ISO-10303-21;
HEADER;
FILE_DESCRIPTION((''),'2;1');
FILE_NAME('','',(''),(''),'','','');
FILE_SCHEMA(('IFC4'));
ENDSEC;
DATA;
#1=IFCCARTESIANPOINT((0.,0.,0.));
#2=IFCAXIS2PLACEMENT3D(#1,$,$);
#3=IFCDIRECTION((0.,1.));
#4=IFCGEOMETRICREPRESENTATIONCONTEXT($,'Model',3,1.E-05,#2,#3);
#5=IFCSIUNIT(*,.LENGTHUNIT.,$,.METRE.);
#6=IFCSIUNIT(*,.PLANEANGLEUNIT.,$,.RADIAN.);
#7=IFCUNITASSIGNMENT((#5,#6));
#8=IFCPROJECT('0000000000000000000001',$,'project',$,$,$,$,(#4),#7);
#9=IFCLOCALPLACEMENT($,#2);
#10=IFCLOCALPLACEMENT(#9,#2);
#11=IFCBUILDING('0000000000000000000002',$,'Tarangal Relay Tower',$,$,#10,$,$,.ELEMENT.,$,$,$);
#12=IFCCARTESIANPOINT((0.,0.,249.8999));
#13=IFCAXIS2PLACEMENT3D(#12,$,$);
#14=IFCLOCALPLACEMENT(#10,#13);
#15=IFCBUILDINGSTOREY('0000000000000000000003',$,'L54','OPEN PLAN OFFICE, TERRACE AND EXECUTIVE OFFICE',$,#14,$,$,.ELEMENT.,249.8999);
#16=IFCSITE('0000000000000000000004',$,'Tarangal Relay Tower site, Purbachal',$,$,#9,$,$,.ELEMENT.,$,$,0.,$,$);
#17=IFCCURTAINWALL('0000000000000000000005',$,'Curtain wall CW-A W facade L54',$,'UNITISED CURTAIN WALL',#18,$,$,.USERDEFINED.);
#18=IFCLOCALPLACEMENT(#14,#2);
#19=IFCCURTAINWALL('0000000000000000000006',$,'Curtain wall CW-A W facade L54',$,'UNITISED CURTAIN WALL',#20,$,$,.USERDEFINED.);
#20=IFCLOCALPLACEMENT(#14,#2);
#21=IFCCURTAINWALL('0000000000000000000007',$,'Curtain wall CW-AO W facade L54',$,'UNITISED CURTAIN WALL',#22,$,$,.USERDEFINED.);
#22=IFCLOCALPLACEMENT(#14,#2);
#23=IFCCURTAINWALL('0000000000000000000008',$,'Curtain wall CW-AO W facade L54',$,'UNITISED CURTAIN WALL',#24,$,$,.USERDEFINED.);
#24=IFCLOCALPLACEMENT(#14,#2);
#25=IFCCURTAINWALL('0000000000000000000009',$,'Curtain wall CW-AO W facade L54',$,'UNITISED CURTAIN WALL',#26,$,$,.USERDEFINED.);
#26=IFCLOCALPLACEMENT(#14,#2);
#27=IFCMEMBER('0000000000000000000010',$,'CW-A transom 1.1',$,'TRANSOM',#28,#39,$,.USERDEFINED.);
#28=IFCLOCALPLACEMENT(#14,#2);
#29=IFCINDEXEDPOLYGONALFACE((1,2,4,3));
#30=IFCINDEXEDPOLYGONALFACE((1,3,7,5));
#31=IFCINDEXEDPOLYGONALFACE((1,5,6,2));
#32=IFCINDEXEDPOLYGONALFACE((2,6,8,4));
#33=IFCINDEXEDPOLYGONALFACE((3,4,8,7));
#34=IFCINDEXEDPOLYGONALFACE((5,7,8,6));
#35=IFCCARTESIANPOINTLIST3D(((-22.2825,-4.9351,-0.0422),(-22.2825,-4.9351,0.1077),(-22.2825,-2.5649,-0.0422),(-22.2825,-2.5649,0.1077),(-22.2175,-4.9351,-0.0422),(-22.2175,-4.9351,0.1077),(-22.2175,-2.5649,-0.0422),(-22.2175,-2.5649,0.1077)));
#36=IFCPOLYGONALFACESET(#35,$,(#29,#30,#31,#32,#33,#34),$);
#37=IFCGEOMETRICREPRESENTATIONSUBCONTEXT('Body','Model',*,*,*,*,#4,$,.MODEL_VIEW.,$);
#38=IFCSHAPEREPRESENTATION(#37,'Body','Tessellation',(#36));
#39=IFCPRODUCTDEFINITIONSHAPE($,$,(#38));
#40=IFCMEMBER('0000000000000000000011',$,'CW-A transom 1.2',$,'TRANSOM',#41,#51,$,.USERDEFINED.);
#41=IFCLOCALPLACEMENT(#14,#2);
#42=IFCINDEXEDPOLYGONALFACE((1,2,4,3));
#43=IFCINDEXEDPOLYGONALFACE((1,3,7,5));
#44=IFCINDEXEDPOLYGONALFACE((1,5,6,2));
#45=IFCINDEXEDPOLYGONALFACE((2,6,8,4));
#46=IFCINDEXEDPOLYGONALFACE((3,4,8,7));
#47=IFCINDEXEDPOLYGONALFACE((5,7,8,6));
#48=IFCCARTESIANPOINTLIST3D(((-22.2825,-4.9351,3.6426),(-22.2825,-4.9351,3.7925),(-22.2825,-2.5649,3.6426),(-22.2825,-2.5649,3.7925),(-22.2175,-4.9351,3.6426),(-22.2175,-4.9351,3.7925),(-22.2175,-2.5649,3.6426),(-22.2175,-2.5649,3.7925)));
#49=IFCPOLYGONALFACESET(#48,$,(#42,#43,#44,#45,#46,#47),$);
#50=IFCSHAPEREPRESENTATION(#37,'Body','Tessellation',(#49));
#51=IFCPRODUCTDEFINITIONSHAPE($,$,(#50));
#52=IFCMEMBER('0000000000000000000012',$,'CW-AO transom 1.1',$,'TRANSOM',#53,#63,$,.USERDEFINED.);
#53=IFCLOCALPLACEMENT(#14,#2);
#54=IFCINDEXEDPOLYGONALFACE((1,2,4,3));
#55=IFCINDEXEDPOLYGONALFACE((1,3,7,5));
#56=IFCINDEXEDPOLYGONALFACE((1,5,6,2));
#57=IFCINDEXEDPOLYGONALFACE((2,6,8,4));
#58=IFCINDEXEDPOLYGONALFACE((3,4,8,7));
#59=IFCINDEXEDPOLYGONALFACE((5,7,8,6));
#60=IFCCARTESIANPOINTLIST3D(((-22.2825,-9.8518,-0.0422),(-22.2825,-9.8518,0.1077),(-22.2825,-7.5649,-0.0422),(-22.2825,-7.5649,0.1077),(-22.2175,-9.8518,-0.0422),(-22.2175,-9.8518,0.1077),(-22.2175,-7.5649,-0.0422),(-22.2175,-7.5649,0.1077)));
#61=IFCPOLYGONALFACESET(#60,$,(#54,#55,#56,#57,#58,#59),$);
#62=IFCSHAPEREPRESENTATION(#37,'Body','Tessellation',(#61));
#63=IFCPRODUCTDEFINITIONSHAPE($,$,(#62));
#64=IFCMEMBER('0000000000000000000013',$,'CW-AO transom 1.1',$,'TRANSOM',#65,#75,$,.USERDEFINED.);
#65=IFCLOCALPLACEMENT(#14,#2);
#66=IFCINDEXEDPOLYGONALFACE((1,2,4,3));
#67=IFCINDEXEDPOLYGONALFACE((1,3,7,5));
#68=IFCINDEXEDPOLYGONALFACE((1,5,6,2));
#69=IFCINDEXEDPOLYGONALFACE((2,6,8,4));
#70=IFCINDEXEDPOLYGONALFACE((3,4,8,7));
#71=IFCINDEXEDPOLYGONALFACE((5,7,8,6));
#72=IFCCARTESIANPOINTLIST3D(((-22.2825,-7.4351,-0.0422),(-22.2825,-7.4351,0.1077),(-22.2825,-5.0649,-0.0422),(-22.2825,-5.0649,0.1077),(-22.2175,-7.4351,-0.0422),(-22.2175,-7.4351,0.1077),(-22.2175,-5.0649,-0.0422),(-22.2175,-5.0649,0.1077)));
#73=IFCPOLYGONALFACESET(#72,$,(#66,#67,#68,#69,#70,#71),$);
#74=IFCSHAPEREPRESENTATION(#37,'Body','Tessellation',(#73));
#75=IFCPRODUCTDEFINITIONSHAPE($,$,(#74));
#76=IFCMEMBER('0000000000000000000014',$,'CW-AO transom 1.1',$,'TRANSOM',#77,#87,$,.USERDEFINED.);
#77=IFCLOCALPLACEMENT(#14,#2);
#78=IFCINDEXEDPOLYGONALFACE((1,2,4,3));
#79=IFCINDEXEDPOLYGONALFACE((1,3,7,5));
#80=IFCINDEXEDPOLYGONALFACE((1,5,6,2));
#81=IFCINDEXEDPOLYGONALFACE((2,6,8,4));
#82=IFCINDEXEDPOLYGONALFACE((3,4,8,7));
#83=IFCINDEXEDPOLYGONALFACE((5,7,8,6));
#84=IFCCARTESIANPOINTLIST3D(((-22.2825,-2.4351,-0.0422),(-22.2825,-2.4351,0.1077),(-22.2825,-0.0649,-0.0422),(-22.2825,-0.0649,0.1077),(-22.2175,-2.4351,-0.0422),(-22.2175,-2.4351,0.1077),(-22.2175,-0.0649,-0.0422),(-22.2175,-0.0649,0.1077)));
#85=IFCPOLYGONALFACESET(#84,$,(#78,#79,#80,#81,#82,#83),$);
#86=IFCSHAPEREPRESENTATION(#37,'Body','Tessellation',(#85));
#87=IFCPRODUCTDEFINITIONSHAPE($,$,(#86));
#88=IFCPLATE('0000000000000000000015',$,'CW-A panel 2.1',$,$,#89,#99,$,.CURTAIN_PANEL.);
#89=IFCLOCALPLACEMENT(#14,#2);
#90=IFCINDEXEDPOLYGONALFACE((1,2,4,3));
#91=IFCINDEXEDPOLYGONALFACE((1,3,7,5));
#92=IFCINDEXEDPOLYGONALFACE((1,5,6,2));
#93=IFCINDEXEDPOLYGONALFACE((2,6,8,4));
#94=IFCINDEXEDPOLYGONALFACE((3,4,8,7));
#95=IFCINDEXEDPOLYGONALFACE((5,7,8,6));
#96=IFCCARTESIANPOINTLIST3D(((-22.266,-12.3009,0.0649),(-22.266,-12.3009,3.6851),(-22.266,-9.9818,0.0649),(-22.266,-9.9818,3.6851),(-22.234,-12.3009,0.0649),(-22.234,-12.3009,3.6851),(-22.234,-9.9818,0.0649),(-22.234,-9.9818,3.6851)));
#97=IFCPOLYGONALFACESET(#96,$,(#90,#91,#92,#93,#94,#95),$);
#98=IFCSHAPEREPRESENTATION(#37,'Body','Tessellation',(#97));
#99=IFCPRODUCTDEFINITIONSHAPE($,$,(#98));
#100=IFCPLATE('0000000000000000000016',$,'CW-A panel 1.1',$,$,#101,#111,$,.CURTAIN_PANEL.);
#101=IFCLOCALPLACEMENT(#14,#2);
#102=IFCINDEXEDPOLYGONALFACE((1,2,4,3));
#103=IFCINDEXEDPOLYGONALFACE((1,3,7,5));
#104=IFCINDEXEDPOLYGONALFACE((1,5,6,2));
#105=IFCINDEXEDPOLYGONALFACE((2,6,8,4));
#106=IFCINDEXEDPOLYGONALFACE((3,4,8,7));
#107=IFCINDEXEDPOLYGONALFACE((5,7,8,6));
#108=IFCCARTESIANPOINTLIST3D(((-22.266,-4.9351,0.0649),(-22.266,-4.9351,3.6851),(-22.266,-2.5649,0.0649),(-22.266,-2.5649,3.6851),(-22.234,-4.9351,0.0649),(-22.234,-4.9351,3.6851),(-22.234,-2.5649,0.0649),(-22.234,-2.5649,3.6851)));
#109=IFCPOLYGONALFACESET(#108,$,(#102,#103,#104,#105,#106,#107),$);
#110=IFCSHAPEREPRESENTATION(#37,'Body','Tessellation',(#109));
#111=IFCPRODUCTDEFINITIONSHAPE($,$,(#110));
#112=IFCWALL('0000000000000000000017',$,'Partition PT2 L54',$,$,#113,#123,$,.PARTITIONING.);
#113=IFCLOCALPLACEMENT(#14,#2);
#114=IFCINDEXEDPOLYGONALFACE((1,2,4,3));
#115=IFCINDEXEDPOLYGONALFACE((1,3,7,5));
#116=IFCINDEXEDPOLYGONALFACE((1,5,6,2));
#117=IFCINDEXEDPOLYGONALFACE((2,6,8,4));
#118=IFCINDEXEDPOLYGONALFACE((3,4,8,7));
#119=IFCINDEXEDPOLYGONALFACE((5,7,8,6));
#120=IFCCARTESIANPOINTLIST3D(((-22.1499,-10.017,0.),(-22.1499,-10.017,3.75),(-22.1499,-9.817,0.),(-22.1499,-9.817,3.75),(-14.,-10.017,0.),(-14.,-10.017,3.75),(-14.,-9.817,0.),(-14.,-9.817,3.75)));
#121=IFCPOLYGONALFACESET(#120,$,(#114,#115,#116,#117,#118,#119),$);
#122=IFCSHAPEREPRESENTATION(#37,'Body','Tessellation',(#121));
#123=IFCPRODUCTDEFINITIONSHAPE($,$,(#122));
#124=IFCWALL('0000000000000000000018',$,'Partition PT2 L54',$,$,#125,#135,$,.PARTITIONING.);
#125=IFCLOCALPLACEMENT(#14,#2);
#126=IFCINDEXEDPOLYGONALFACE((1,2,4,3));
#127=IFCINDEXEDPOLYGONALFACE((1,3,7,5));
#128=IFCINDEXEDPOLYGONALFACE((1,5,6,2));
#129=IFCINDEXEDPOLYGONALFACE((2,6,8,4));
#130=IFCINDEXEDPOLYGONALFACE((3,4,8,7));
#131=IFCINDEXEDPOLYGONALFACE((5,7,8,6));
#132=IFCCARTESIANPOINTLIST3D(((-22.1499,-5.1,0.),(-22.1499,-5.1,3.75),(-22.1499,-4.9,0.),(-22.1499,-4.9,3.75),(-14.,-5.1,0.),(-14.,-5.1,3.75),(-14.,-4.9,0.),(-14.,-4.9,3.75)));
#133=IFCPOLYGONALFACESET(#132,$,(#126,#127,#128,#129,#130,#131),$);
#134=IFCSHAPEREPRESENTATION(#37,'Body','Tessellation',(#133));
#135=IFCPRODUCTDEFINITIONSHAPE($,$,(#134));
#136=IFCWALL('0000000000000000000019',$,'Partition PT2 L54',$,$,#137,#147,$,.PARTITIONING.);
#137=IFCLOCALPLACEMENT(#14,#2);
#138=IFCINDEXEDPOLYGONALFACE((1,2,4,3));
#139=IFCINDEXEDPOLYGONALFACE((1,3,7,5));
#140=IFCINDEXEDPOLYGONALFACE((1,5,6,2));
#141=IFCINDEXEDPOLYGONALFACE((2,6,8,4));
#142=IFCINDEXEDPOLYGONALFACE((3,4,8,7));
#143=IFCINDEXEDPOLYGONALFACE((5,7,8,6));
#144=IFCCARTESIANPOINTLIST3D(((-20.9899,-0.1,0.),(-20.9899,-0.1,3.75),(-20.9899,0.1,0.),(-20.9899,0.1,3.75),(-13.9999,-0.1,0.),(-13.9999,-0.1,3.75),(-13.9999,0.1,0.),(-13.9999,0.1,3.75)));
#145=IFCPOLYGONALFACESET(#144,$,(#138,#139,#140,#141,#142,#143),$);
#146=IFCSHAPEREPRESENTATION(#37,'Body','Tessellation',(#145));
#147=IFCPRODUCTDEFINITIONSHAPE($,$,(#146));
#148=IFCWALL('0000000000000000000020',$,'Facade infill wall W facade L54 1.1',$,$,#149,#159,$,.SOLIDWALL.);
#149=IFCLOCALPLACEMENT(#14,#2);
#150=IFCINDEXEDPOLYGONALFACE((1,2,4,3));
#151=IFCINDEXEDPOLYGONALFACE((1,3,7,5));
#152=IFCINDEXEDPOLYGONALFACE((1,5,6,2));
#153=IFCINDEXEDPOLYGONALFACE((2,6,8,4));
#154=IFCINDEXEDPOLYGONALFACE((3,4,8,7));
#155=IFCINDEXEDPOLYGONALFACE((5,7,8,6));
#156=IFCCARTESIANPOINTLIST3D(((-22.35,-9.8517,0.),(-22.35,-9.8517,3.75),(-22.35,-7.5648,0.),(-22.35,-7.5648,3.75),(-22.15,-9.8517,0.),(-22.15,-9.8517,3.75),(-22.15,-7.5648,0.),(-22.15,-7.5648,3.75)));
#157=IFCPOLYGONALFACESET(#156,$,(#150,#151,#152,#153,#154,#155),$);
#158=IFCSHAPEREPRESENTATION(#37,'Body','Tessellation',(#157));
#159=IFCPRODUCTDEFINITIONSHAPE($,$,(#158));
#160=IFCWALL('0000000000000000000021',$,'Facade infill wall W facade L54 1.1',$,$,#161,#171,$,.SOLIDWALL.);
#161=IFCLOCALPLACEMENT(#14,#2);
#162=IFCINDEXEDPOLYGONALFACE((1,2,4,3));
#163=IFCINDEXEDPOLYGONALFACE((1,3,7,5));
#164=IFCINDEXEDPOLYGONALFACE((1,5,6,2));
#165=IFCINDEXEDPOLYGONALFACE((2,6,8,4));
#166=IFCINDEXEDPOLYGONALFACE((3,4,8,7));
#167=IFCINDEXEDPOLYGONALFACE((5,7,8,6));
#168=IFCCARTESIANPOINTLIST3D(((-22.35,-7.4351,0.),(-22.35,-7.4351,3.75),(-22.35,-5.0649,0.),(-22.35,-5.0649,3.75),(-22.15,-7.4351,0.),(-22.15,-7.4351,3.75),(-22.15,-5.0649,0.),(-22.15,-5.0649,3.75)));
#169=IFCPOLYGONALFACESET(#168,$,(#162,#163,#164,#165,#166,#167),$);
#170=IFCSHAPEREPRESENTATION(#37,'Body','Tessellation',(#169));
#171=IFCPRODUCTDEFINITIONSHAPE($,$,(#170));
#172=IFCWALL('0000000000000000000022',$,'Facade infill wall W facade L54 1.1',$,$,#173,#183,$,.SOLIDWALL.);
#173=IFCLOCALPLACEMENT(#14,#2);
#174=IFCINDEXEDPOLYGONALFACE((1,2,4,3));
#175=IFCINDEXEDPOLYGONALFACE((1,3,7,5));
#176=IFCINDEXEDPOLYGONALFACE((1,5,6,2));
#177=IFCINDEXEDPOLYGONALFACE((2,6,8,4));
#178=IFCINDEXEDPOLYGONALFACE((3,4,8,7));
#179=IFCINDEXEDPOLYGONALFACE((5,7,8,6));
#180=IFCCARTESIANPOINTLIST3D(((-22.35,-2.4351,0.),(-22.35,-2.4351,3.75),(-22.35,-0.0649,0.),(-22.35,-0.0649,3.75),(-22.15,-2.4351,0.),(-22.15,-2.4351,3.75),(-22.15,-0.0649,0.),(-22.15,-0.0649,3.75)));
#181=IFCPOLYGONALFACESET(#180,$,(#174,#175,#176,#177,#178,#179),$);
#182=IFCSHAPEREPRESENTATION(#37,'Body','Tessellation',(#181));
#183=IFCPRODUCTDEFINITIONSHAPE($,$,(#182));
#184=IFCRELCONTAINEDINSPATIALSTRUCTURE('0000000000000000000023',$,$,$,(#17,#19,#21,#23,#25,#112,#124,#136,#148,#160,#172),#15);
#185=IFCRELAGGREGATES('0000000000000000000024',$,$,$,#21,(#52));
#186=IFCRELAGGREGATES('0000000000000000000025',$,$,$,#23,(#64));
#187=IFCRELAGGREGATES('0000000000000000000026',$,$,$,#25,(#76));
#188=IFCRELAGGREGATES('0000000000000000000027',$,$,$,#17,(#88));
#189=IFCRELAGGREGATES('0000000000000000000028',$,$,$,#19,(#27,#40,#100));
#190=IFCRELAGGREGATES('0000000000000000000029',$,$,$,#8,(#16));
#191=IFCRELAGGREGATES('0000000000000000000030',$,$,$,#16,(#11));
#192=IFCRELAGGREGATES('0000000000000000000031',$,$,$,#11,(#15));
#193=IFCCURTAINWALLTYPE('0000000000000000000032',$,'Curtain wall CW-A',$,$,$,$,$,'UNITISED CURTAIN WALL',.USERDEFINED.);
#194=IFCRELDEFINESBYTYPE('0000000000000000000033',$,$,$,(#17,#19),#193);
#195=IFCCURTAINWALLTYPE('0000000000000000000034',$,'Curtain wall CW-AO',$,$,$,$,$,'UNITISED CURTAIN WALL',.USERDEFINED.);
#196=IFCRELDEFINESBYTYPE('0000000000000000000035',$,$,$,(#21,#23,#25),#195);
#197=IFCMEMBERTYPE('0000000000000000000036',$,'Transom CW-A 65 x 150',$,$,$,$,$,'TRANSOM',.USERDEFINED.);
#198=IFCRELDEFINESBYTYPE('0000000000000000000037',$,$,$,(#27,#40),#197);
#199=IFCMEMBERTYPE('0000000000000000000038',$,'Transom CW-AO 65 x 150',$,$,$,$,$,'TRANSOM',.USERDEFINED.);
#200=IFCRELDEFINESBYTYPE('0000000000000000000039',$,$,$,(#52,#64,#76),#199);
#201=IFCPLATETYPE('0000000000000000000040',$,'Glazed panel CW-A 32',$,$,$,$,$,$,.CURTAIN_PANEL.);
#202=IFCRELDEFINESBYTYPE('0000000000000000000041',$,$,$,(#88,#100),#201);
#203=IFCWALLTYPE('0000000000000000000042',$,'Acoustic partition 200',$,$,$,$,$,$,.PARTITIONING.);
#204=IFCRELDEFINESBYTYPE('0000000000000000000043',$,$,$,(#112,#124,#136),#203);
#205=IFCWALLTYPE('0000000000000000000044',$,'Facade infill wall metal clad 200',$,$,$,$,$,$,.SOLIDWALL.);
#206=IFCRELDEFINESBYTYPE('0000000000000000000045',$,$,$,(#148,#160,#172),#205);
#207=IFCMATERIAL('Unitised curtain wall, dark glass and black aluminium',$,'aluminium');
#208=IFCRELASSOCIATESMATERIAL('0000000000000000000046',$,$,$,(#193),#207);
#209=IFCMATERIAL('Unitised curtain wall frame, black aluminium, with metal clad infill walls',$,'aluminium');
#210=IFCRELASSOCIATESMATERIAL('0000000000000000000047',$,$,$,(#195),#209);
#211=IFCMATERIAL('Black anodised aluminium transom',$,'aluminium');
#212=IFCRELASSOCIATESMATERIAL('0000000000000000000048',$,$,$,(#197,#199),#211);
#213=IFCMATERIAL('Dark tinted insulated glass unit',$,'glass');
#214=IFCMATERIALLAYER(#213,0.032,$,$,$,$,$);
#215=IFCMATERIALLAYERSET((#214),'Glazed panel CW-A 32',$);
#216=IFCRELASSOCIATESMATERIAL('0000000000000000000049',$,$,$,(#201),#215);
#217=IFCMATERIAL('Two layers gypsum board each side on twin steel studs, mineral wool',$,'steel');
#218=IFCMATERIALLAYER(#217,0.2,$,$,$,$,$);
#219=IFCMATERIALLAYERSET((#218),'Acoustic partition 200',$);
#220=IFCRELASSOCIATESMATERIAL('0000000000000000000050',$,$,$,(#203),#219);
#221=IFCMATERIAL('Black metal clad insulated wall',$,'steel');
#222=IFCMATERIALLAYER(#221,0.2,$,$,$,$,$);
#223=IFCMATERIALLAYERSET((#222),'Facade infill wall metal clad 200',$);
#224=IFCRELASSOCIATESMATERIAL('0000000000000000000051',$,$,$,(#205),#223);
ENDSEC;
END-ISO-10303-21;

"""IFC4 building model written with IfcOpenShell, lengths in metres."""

from ifc_helpers import new_model, si_unit, direction, frame, frame_2d, origin, origin_2d, place, context, subcontext, project, spatial, rectangle, extrude, material, layer, layer_set, material_profile, profile_set, type_object, element, aggregate, save


model = new_model("IFC4")

# Units and contexts
model_context = context("Model", 3, precision=1e-05, world=origin(), true_north=direction((0.0, 1.0)))
body_context = subcontext(model_context, "Body", "Model", "MODEL_VIEW")
ifc_project = project(units=[si_unit("LENGTHUNIT", "METRE"), si_unit("PLANEANGLEUNIT", "RADIAN")], contexts=[model_context])

# Site, building, storey
site_placement = place(None, origin())
site = spatial("IfcSite", under=ifc_project, at=site_placement, Name="Tarangal Relay Tower site, Purbachal", CompositionType="ELEMENT", RefElevation=0.0)
building_placement = place(site_placement, origin())
building = spatial("IfcBuilding", under=site, at=building_placement, Name="Tarangal Relay Tower", CompositionType="ELEMENT")
storey_placement = place(building_placement, frame((0.0, 0.0, 249.8999)))
storey = spatial("IfcBuildingStorey", under=building, at=storey_placement, Name="L54", Description="OPEN PLAN OFFICE, TERRACE AND EXECUTIVE OFFICE", CompositionType="ELEMENT", Elevation=249.8999)

# Curtain wall
ifc_material_1 = material(Name="Unitised curtain wall, dark glass and black aluminium", Category="aluminium")
curtain_wall_type_1 = type_object("IfcCurtainWallType", Name="Curtain wall CW-A", ElementType="UNITISED CURTAIN WALL", PredefinedType="USERDEFINED", material=ifc_material_1)
curtain_wall_1_placement = place(storey_placement, origin())
curtain_wall_1 = element("IfcCurtainWall", 1, at=curtain_wall_1_placement, inside=storey, type_object=curtain_wall_type_1, Name="Curtain wall CW-A W facade L54", ObjectType="UNITISED CURTAIN WALL", PredefinedType="USERDEFINED")

# Curtain walls
curtain_wall_2_placement = place(storey_placement, origin())
curtain_wall_2 = element("IfcCurtainWall", 2, at=curtain_wall_2_placement, inside=storey, type_object=curtain_wall_type_1, Name="Curtain wall CW-A W facade L54", ObjectType="UNITISED CURTAIN WALL", PredefinedType="USERDEFINED")
ifc_material_2 = material(Name="Unitised curtain wall frame, black aluminium, with metal clad infill walls", Category="aluminium")
curtain_wall_type_2 = type_object("IfcCurtainWallType", Name="Curtain wall CW-AO", ElementType="UNITISED CURTAIN WALL", PredefinedType="USERDEFINED", material=ifc_material_2)
curtain_wall_3_placement = place(storey_placement, origin())
curtain_wall_3 = element("IfcCurtainWall", 3, at=curtain_wall_3_placement, inside=storey, type_object=curtain_wall_type_2, Name="Curtain wall CW-AO W facade L54", ObjectType="UNITISED CURTAIN WALL", PredefinedType="USERDEFINED")
curtain_wall_4_placement = place(storey_placement, origin())
curtain_wall_4 = element("IfcCurtainWall", 4, at=curtain_wall_4_placement, inside=storey, type_object=curtain_wall_type_2, Name="Curtain wall CW-AO W facade L54", ObjectType="UNITISED CURTAIN WALL", PredefinedType="USERDEFINED")
curtain_wall_5_placement = place(storey_placement, origin())
curtain_wall_5 = element("IfcCurtainWall", 5, at=curtain_wall_5_placement, inside=storey, type_object=curtain_wall_type_2, Name="Curtain wall CW-AO W facade L54", ObjectType="UNITISED CURTAIN WALL", PredefinedType="USERDEFINED")

# Members
ifc_material_3 = material(Name="Black anodised aluminium transom", Category="aluminium")
ifc_material_profile_1 = material_profile(ifc_material_3, rectangle(XDim=0.0649, YDim=0.1499, at=origin_2d()), Name="CW-AT 65X150")
ifc_profile_set_1 = profile_set([ifc_material_profile_1], Name="Black anodised aluminium transom")
member_type_1 = type_object("IfcMemberType", Name="Transom CW-A 65 x 150", ElementType="TRANSOM", PredefinedType="USERDEFINED", material=ifc_profile_set_1)
member_1_placement = place(storey_placement, frame((-22.25, -4.9351, 0.0327), z_axis=(0.0, 1.0, 0.0), x_axis=(-1.0, 0.0, 0.0)))
member_1 = element("IfcMember", 6, at=member_1_placement, type_object=member_type_1, Name="CW-A transom 1.1", ObjectType="TRANSOM", PredefinedType="USERDEFINED", context=body_context, shape_type="SweptSolid", body=[
    extrude(rectangle(XDim=0.0649, YDim=0.1499, at=origin_2d()), origin(), (0.0, 0.0, 1.0), 2.3701),
])
member_2_placement = place(storey_placement, frame((-22.25, -4.9351, 3.7175), z_axis=(0.0, 1.0, 0.0), x_axis=(-1.0, 0.0, 0.0)))
member_2 = element("IfcMember", 7, at=member_2_placement, type_object=member_type_1, Name="CW-A transom 1.2", ObjectType="TRANSOM", PredefinedType="USERDEFINED", context=body_context, shape_type="SweptSolid", body=[
    extrude(rectangle(XDim=0.0649, YDim=0.1499, at=origin_2d()), origin(), (0.0, 0.0, 1.0), 2.3701),
])
ifc_material_profile_2 = material_profile(ifc_material_3, rectangle(XDim=0.0649, YDim=0.1499, at=origin_2d()), Name="CW-AOT 65X150")
ifc_profile_set_2 = profile_set([ifc_material_profile_2], Name="Black anodised aluminium transom")
member_type_2 = type_object("IfcMemberType", Name="Transom CW-AO 65 x 150", ElementType="TRANSOM", PredefinedType="USERDEFINED", material=ifc_profile_set_2)
member_3_placement = place(storey_placement, frame((-22.25, -9.8518, 0.0327), z_axis=(0.0, 1.0, 0.0), x_axis=(-1.0, 0.0, 0.0)))
member_3 = element("IfcMember", 8, at=member_3_placement, type_object=member_type_2, Name="CW-AO transom 1.1", ObjectType="TRANSOM", PredefinedType="USERDEFINED", context=body_context, shape_type="SweptSolid", body=[
    extrude(rectangle(XDim=0.0649, YDim=0.1499, at=origin_2d()), origin(), (0.0, 0.0, 1.0), 2.2869),
])
aggregate(curtain_wall_3, [member_3])
member_4_placement = place(storey_placement, frame((-22.25, -7.4351, 0.0327), z_axis=(0.0, 1.0, 0.0), x_axis=(-1.0, 0.0, 0.0)))
member_4 = element("IfcMember", 9, at=member_4_placement, type_object=member_type_2, Name="CW-AO transom 1.1", ObjectType="TRANSOM", PredefinedType="USERDEFINED", context=body_context, shape_type="SweptSolid", body=[
    extrude(rectangle(XDim=0.0649, YDim=0.1499, at=origin_2d()), origin(), (0.0, 0.0, 1.0), 2.3701),
])
aggregate(curtain_wall_4, [member_4])
member_5_placement = place(storey_placement, frame((-22.25, -2.4351, 0.0327), z_axis=(0.0, 1.0, 0.0), x_axis=(-1.0, 0.0, 0.0)))
member_5 = element("IfcMember", 10, at=member_5_placement, type_object=member_type_2, Name="CW-AO transom 1.1", ObjectType="TRANSOM", PredefinedType="USERDEFINED", context=body_context, shape_type="SweptSolid", body=[
    extrude(rectangle(XDim=0.0649, YDim=0.1499, at=origin_2d()), origin(), (0.0, 0.0, 1.0), 2.3701),
])
aggregate(curtain_wall_5, [member_5])

# Plates
ifc_material_4 = material(Name="Dark tinted insulated glass unit", Category="glass")
ifc_layer_1 = layer(ifc_material_4, 0.032)
ifc_layer_set_1 = layer_set([ifc_layer_1], Name="Glazed panel CW-A 32")
plate_type = type_object("IfcPlateType", Name="Glazed panel CW-A 32", PredefinedType="CURTAIN_PANEL", material=ifc_layer_set_1)
plate_1_placement = place(storey_placement, frame((-22.25, -11.1414, 0.0649), z_axis=(0.0, 0.0, 1.0), x_axis=(0.0, 1.0, 0.0)))
plate_1 = element("IfcPlate", 11, at=plate_1_placement, type_object=plate_type, Name="CW-A panel 2.1", PredefinedType="CURTAIN_PANEL", context=body_context, shape_type="SweptSolid", body=[
    extrude(rectangle(XDim=2.3191, YDim=0.032, at=origin_2d()), origin(), (0.0, 0.0, 1.0), 3.6201),
])
aggregate(curtain_wall_1, [plate_1])
plate_2_placement = place(storey_placement, frame((-22.25, -3.75, 0.0649), z_axis=(0.0, 0.0, 1.0), x_axis=(0.0, 1.0, 0.0)))
plate_2 = element("IfcPlate", 12, at=plate_2_placement, type_object=plate_type, Name="CW-A panel 1.1", PredefinedType="CURTAIN_PANEL", context=body_context, shape_type="SweptSolid", body=[
    extrude(rectangle(XDim=2.3701, YDim=0.032, at=origin_2d()), origin(), (0.0, 0.0, 1.0), 3.6201),
])
aggregate(curtain_wall_2, [member_1, member_2, plate_2])

# Walls
ifc_material_5 = material(Name="Two layers gypsum board each side on twin steel studs, mineral wool", Category="steel")
ifc_layer_2 = layer(ifc_material_5, 0.2)
ifc_layer_set_2 = layer_set([ifc_layer_2], Name="Acoustic partition 200")
wall_type_1 = type_object("IfcWallType", Name="Acoustic partition 200", PredefinedType="PARTITIONING", material=ifc_layer_set_2)
for number, where, z_axis, x_axis, name in (
    (13, (-22.1499, -9.917, 0.0), (0.0, 0.0, 1.0), (1.0, 0.0, 0.0), "Partition PT2 L54"),
    (14, (-22.1499, -5.0, 0.0), (0.0, 0.0, 1.0), (1.0, 0.0, 0.0), "Partition PT2 L54"),
):
    element("IfcWall", number, at=place(storey_placement, frame(where, z_axis=z_axis, x_axis=x_axis)), inside=storey, type_object=wall_type_1, Name=name, PredefinedType="PARTITIONING", context=body_context, shape_type="SweptSolid", body=[
        extrude(rectangle(XDim=8.1499, YDim=0.2, at=frame_2d((4.075, 0.0))), origin(), (0.0, 0.0, 1.0), 3.75),
    ])
wall_1_placement = place(storey_placement, frame((-20.99, 0.0, 0.0), z_axis=(0.0, 0.0, 1.0), x_axis=(1.0, 0.0, 0.0)))
element("IfcWall", 15, at=wall_1_placement, inside=storey, type_object=wall_type_1, Name="Partition PT2 L54", PredefinedType="PARTITIONING", context=body_context, shape_type="SweptSolid", body=[
    extrude(rectangle(XDim=6.99, YDim=0.2, at=frame_2d((3.4951, 0.0))), origin(), (0.0, 0.0, 1.0), 3.75),
])

# Walls
ifc_material_6 = material(Name="Black metal clad insulated wall", Category="steel")
ifc_layer_3 = layer(ifc_material_6, 0.2)
ifc_layer_set_3 = layer_set([ifc_layer_3], Name="Facade infill wall metal clad 200")
wall_type_2 = type_object("IfcWallType", Name="Facade infill wall metal clad 200", PredefinedType="SOLIDWALL", material=ifc_layer_set_3)
wall_2_placement = place(storey_placement, frame((-22.25, -9.8518, 0.0), z_axis=(0.0, 0.0, 1.0), x_axis=(0.0, 1.0, 0.0)))
element("IfcWall", 16, at=wall_2_placement, inside=storey, type_object=wall_type_2, Name="Facade infill wall W facade L54 1.1", PredefinedType="SOLIDWALL", context=body_context, shape_type="SweptSolid", body=[
    extrude(rectangle(XDim=2.2869, YDim=0.2, at=frame_2d((1.1436, 0.0))), origin(), (0.0, 0.0, 1.0), 3.75),
])
for number, where, z_axis, x_axis, name in (
    (17, (-22.25, -7.4351, 0.0), (0.0, 0.0, 1.0), (0.0, 1.0, 0.0), "Facade infill wall W facade L54 1.1"),
    (18, (-22.25, -2.4351, 0.0), (0.0, 0.0, 1.0), (0.0, 1.0, 0.0), "Facade infill wall W facade L54 1.1"),
):
    element("IfcWall", number, at=place(storey_placement, frame(where, z_axis=z_axis, x_axis=x_axis)), inside=storey, type_object=wall_type_2, Name=name, PredefinedType="SOLIDWALL", context=body_context, shape_type="SweptSolid", body=[
        extrude(rectangle(XDim=2.3701, YDim=0.2, at=frame_2d((1.1851, 0.0))), origin(), (0.0, 0.0, 1.0), 3.75),
    ])

save(model, "model.ifc")
